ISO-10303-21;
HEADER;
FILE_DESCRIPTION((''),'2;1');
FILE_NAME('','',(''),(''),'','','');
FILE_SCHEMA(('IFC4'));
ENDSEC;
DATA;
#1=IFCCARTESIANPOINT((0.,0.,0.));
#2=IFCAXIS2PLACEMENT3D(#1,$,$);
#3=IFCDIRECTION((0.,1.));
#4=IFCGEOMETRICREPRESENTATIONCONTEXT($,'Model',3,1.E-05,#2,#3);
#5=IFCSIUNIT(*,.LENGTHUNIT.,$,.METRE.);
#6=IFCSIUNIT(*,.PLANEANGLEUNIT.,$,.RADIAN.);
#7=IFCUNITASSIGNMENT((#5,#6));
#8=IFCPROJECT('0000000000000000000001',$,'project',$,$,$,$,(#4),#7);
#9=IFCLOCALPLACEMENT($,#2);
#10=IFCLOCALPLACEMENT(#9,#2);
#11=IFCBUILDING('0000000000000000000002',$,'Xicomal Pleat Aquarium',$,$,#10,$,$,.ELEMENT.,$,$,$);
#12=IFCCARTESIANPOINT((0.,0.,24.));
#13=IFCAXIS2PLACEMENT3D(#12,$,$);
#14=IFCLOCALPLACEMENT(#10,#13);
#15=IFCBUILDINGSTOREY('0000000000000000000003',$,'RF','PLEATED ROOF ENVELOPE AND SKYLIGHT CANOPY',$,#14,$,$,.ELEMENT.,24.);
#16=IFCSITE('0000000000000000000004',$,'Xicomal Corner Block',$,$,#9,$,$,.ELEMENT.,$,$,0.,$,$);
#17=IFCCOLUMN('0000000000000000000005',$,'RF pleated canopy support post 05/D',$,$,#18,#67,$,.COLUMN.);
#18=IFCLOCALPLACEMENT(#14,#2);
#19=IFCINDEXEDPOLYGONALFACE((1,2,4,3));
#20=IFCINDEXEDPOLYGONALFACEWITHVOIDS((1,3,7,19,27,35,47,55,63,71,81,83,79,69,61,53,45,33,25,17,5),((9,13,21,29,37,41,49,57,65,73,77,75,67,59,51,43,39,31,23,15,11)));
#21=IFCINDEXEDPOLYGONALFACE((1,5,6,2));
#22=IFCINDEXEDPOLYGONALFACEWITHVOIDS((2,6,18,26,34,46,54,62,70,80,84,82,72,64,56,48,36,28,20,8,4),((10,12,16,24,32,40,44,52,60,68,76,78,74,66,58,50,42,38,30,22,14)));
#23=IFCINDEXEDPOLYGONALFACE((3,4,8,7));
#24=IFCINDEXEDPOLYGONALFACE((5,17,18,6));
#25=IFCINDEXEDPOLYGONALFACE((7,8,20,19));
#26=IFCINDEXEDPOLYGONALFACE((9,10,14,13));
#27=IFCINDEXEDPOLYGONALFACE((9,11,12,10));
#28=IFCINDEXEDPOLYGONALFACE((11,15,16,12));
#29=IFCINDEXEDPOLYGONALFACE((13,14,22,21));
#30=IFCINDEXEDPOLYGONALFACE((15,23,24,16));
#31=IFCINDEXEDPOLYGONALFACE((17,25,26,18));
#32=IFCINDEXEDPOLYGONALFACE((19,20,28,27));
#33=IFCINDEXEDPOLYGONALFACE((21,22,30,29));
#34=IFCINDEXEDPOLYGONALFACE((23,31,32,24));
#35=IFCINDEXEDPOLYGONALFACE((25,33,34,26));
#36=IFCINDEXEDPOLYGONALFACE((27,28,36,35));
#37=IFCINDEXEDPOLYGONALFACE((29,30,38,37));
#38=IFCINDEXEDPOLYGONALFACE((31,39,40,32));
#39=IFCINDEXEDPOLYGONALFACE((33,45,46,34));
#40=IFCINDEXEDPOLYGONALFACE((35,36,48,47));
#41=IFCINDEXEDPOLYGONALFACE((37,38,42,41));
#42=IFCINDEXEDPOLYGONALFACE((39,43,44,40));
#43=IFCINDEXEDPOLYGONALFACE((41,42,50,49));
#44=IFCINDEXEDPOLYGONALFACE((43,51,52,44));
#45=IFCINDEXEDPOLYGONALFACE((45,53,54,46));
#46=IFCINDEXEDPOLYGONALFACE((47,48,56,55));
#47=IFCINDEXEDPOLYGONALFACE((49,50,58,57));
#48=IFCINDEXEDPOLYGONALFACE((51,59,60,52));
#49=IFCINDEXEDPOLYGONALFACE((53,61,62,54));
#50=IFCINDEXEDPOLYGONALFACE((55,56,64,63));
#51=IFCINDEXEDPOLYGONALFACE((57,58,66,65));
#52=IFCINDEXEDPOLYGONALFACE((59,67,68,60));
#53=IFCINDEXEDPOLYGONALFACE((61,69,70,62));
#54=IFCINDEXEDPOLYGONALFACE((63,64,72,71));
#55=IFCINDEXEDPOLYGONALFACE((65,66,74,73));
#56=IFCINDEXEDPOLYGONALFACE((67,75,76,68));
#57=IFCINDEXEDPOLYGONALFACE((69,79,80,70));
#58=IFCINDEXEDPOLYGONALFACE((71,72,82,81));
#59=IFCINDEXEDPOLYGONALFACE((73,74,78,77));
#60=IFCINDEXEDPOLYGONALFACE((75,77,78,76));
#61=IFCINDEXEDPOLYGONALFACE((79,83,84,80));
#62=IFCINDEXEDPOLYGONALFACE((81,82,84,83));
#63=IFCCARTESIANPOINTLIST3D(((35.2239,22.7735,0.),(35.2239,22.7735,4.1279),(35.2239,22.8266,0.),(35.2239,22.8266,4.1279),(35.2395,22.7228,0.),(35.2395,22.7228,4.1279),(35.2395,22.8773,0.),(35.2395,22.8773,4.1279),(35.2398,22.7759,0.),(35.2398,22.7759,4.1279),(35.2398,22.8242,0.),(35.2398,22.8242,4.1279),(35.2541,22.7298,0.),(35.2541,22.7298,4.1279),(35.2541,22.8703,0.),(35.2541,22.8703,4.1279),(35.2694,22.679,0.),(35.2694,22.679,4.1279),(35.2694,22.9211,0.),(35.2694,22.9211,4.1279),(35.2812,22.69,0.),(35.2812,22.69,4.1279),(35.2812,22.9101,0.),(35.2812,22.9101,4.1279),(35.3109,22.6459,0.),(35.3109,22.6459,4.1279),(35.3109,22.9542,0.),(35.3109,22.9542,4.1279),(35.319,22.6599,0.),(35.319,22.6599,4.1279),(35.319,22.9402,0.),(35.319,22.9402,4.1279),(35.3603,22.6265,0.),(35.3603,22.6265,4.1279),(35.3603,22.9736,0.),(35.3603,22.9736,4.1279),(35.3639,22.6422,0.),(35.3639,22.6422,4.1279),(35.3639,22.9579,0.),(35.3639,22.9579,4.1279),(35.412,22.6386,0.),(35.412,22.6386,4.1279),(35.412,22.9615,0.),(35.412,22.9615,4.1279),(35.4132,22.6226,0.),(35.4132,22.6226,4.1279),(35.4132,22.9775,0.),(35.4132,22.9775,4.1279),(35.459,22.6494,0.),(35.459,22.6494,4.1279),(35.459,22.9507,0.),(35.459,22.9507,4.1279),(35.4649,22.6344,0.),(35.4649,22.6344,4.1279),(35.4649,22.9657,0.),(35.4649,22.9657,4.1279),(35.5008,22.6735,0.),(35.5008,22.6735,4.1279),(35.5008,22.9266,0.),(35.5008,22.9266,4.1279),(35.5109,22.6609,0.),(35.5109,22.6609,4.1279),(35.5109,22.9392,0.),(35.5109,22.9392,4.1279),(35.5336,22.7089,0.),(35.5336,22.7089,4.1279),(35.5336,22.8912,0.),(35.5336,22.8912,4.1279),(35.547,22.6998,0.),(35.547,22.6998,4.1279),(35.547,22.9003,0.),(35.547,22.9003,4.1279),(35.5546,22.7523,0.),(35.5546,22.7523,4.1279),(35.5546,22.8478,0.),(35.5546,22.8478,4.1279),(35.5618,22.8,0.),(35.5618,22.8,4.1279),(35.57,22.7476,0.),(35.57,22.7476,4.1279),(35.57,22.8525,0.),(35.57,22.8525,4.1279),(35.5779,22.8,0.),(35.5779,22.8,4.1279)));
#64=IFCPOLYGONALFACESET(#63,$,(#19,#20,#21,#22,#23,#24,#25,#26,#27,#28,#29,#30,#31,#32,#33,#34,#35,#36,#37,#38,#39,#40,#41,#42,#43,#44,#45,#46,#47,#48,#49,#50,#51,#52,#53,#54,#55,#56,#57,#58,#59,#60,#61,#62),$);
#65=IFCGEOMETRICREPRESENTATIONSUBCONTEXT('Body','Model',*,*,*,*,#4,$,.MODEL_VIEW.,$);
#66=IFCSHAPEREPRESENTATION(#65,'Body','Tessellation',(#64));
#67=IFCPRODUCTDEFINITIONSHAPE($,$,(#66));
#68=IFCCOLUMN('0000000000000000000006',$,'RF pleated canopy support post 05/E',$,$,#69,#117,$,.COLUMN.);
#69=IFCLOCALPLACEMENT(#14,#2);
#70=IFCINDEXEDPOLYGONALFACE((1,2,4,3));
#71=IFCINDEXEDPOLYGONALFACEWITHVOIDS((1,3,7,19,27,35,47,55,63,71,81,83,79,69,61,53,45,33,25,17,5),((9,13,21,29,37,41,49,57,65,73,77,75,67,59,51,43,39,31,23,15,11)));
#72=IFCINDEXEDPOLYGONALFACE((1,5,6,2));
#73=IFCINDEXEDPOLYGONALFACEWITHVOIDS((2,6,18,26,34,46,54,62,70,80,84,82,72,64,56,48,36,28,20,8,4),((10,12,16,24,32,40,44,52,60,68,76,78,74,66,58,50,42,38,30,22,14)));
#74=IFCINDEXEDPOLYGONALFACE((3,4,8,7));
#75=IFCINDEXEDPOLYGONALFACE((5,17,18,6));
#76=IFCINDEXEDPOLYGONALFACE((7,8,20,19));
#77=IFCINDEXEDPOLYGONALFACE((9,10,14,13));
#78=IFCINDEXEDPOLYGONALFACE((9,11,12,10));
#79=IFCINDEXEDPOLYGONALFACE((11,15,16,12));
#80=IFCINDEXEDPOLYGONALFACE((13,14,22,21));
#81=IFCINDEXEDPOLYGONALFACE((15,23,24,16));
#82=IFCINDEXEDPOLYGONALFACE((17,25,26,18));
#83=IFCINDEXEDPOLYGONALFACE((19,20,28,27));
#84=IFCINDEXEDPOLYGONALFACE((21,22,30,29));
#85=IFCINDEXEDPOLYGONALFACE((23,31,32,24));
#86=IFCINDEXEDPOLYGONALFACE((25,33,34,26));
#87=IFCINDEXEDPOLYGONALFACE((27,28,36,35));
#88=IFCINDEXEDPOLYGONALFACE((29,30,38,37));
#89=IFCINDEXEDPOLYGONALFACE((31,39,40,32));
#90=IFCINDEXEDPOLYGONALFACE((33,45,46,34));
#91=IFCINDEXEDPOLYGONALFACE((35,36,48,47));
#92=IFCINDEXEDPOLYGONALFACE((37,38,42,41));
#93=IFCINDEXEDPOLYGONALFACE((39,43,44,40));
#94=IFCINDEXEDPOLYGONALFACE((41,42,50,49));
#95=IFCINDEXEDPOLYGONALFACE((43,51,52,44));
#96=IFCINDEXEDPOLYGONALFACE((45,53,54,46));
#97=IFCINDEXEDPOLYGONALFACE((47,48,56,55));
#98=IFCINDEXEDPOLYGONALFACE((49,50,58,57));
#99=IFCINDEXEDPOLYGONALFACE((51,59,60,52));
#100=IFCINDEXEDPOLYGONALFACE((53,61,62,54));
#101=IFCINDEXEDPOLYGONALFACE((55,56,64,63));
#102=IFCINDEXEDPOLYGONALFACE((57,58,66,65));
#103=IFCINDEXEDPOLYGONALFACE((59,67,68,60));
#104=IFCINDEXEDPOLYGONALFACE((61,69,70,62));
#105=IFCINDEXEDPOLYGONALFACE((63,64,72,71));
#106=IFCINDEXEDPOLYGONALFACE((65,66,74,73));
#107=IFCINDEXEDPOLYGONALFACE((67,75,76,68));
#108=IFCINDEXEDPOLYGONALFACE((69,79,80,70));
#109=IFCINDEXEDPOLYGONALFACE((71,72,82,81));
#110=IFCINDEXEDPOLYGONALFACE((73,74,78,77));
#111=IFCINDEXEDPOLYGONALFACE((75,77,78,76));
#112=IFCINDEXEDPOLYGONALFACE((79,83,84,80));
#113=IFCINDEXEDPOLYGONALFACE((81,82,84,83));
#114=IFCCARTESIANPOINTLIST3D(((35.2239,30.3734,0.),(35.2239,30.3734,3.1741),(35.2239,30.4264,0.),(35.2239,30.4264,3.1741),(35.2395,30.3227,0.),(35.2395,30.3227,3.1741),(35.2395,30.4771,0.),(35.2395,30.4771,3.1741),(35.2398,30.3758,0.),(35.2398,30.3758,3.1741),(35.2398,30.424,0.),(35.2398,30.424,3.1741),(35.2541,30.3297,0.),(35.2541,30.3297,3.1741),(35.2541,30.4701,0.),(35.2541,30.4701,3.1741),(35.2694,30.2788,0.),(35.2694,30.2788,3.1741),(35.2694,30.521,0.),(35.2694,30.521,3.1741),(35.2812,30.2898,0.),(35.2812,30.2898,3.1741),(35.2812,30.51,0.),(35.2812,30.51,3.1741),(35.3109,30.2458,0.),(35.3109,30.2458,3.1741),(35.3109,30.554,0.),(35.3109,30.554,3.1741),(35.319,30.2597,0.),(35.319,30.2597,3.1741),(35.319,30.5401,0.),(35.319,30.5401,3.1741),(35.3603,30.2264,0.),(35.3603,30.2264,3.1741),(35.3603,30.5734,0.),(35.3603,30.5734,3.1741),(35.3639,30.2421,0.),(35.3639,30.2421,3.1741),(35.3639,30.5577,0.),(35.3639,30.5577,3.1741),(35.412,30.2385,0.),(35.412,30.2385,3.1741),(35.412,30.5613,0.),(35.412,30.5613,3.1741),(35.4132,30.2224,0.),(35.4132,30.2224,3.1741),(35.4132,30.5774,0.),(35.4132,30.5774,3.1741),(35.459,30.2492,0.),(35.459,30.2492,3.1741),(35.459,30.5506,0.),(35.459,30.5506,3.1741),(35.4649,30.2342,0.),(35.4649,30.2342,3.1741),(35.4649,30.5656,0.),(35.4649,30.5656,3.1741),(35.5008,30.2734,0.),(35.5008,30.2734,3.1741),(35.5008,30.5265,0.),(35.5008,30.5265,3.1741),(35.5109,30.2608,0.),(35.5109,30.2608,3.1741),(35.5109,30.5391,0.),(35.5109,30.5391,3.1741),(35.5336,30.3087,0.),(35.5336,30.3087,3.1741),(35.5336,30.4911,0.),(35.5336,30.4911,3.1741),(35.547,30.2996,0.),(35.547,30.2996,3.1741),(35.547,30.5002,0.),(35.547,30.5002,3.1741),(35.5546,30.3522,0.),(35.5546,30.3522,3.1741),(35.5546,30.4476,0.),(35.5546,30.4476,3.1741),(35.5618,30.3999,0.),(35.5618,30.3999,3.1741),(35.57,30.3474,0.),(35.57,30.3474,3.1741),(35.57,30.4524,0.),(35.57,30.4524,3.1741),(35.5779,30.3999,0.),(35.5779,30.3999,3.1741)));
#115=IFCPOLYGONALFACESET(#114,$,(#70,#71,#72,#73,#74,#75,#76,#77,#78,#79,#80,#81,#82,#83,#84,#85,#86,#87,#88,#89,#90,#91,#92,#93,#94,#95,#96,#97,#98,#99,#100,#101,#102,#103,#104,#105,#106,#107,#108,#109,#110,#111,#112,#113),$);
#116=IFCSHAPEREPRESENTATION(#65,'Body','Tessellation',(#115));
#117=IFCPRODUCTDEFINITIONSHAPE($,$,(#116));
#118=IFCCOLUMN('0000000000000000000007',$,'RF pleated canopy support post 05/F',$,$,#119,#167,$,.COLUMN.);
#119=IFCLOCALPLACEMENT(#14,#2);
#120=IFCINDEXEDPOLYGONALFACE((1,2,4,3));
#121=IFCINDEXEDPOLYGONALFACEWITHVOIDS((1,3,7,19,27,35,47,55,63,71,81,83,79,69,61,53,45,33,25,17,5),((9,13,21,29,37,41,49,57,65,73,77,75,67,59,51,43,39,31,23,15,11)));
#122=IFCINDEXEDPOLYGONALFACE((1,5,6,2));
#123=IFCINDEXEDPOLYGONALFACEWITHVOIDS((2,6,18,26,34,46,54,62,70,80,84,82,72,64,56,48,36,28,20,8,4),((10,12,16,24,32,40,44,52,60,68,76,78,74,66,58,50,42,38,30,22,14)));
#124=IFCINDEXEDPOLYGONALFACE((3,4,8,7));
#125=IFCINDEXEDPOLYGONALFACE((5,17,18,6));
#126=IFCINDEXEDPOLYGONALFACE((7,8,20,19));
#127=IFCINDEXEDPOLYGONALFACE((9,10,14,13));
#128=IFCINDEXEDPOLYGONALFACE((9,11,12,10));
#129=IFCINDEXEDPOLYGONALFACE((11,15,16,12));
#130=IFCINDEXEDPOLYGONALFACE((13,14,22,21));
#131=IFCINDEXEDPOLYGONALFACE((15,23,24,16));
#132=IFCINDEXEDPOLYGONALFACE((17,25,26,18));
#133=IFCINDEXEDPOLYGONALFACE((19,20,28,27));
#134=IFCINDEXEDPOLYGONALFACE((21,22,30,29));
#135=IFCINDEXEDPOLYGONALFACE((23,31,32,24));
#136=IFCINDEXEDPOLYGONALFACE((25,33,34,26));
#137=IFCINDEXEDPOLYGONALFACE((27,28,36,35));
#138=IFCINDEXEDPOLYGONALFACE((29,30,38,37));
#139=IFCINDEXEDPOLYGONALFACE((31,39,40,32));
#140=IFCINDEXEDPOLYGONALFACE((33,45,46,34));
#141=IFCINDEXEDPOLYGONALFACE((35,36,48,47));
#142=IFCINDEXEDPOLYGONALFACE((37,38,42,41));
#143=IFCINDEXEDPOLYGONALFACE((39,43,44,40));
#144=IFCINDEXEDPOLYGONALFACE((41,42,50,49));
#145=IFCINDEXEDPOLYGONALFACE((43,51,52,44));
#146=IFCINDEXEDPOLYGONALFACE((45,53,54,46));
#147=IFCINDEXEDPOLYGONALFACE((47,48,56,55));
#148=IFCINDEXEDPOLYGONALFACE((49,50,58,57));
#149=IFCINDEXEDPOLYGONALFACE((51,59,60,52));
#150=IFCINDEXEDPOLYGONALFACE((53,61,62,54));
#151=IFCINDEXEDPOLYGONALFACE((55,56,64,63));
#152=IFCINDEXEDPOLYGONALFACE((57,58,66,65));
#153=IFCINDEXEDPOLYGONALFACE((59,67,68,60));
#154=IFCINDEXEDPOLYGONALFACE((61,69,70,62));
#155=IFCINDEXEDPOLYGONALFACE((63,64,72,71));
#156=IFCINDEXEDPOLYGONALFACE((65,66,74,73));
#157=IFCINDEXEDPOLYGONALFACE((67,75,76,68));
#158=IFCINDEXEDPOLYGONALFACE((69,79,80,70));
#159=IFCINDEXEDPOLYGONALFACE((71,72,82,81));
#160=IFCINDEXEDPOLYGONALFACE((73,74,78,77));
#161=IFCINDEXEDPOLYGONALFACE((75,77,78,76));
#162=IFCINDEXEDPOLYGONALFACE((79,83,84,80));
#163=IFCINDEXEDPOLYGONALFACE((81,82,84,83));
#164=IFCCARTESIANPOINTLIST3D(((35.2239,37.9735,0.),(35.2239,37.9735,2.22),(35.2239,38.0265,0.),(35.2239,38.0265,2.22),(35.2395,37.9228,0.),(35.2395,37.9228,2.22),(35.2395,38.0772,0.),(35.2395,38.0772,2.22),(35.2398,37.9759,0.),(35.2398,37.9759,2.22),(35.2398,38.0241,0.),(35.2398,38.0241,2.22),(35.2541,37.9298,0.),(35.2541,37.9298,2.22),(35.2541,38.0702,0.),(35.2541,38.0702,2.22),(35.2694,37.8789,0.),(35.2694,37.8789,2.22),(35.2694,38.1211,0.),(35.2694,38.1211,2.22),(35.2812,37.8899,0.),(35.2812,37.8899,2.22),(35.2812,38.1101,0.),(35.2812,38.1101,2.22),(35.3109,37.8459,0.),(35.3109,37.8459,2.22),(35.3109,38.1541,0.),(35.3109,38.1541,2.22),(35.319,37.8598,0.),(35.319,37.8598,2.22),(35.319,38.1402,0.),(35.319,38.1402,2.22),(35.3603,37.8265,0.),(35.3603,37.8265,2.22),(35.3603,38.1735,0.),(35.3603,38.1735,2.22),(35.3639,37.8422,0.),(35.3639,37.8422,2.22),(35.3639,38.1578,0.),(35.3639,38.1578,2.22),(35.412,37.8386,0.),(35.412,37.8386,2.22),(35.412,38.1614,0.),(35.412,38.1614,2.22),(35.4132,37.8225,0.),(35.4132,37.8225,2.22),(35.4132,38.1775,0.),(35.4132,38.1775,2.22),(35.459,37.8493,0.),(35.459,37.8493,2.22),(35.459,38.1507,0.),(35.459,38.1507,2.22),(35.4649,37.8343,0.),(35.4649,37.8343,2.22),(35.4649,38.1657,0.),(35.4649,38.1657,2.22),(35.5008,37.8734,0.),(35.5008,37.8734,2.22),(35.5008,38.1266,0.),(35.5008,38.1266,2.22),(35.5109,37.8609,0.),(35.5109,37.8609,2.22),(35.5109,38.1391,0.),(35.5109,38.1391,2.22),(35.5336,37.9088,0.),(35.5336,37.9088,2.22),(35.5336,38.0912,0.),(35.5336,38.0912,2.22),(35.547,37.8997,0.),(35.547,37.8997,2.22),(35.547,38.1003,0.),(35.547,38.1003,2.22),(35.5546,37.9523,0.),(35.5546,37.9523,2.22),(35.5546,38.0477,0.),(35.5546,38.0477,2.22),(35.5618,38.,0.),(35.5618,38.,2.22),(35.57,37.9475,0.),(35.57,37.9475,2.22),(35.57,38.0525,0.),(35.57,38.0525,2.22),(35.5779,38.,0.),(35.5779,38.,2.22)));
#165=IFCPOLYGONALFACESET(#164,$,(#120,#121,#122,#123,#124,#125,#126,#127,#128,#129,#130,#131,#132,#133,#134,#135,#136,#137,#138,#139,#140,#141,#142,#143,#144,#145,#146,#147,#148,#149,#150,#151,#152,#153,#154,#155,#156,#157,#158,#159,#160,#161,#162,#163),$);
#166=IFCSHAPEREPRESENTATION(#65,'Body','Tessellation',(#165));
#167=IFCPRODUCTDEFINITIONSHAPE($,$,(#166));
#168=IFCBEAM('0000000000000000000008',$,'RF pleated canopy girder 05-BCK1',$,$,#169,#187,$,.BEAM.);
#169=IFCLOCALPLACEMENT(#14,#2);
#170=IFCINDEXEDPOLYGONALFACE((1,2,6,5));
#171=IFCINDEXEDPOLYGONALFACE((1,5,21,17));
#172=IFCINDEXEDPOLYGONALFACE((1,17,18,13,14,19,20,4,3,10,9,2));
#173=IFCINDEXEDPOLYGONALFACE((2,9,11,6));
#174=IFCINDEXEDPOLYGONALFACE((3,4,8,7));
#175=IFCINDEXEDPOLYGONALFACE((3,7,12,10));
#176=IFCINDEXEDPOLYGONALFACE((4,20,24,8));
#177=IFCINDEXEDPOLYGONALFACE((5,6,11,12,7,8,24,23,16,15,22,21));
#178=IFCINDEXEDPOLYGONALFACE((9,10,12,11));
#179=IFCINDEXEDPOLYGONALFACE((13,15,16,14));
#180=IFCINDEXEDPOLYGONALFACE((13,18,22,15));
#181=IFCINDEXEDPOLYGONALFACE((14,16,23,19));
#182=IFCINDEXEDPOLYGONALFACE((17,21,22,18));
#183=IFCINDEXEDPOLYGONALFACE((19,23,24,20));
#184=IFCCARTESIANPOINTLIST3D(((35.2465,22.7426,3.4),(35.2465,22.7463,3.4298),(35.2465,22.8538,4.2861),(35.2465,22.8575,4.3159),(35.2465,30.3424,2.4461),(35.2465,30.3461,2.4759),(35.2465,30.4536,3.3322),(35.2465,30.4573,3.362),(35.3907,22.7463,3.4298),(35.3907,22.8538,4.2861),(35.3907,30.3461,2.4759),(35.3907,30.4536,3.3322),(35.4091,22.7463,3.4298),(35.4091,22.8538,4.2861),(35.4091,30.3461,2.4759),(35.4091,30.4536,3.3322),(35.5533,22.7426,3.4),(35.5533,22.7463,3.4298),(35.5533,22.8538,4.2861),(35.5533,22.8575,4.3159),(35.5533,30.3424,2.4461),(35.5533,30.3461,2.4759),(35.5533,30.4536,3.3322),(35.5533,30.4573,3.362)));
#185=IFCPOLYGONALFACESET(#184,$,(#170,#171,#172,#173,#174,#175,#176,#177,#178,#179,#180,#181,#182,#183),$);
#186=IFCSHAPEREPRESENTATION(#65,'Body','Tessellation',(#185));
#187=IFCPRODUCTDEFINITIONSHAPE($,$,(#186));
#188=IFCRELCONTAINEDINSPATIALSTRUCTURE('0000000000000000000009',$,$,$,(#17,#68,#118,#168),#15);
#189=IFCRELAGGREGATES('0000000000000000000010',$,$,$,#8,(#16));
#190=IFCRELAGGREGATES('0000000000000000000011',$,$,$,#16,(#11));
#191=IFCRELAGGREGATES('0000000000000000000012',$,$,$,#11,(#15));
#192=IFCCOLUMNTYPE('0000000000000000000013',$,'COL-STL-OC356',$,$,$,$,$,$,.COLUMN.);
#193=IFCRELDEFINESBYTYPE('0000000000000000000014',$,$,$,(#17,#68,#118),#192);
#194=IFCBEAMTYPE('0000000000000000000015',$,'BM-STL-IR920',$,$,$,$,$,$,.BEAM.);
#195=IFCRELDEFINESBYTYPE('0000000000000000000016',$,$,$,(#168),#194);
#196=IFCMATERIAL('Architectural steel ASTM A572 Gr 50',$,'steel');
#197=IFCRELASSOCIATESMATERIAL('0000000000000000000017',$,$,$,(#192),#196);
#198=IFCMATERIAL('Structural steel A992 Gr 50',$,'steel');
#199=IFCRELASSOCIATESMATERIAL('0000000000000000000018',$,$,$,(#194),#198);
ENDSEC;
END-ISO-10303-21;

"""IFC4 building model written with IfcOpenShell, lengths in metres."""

from ifc_helpers import new_model, si_unit, direction, frame, origin, origin_2d, place, context, subcontext, project, spatial, hollow_circle, i_section, extrude, material, material_profile, profile_set, type_object, element, save


model = new_model("IFC4")

# Units and contexts
model_context = context("Model", 3, precision=1e-05, world=origin(), true_north=direction((0.0, 1.0)))
body_context = subcontext(model_context, "Body", "Model", "MODEL_VIEW")
ifc_project = project(units=[si_unit("LENGTHUNIT", "METRE"), si_unit("PLANEANGLEUNIT", "RADIAN")], contexts=[model_context])

# Site, building, storey
site_placement = place(None, origin())
site = spatial("IfcSite", under=ifc_project, at=site_placement, Name="Xicomal Corner Block", CompositionType="ELEMENT", RefElevation=0.0)
building_placement = place(site_placement, origin())
building = spatial("IfcBuilding", under=site, at=building_placement, Name="Xicomal Pleat Aquarium", CompositionType="ELEMENT")
storey_placement = place(building_placement, frame((0.0, 0.0, 24.0)))
storey = spatial("IfcBuildingStorey", under=building, at=storey_placement, Name="RF", Description="PLEATED ROOF ENVELOPE AND SKYLIGHT CANOPY", CompositionType="ELEMENT", Elevation=24.0)

# Columns
ifc_material_1 = material(Name="Architectural steel ASTM A572 Gr 50", Category="steel")
ifc_material_profile_1 = material_profile(ifc_material_1, hollow_circle(Radius=0.178, WallThickness=0.0161, at=origin_2d()), Name="OC 356x16")
ifc_profile_set_1 = profile_set([ifc_material_profile_1], Name="Architectural steel ASTM A572 Gr 50")
column_type = type_object("IfcColumnType", Name="COL-STL-OC356", PredefinedType="COLUMN", material=ifc_profile_set_1)
column_1_placement = place(storey_placement, frame((35.3999, 22.8, 0.0), z_axis=(0.0, 0.0, 1.0), x_axis=(1.0, 0.0, 0.0)))
element("IfcColumn", 1, at=column_1_placement, inside=storey, type_object=column_type, Name="RF pleated canopy support post 05/D", PredefinedType="COLUMN", context=body_context, shape_type="SweptSolid", body=[
    extrude(hollow_circle(Radius=0.178, WallThickness=0.0161, at=origin_2d()), origin(), (0.0, 0.0, 1.0), 4.1279),
])
column_2_placement = place(storey_placement, frame((35.3999, 30.3999, 0.0), z_axis=(0.0, 0.0, 1.0), x_axis=(1.0, 0.0, 0.0)))
element("IfcColumn", 2, at=column_2_placement, inside=storey, type_object=column_type, Name="RF pleated canopy support post 05/E", PredefinedType="COLUMN", context=body_context, shape_type="SweptSolid", body=[
    extrude(hollow_circle(Radius=0.178, WallThickness=0.0161, at=origin_2d()), origin(), (0.0, 0.0, 1.0), 3.1741),
])
column_3_placement = place(storey_placement, frame((35.3999, 38.0, 0.0), z_axis=(0.0, 0.0, 1.0), x_axis=(1.0, 0.0, 0.0)))
element("IfcColumn", 3, at=column_3_placement, inside=storey, type_object=column_type, Name="RF pleated canopy support post 05/F", PredefinedType="COLUMN", context=body_context, shape_type="SweptSolid", body=[
    extrude(hollow_circle(Radius=0.178, WallThickness=0.0161, at=origin_2d()), origin(), (0.0, 0.0, 1.0), 2.22),
])

# Beam
ifc_material_2 = material(Name="Structural steel A992 Gr 50", Category="steel")
ifc_material_profile_2 = material_profile(ifc_material_2, i_section(OverallWidth=0.3069, OverallDepth=0.9231, WebThickness=0.0183, FlangeThickness=0.03, at=origin_2d()), Name="IR 920x271")
ifc_profile_set_2 = profile_set([ifc_material_profile_2], Name="Structural steel A992 Gr 50")
beam_type = type_object("IfcBeamType", Name="BM-STL-IR920", PredefinedType="BEAM", material=ifc_profile_set_2)
beam_1_placement = place(storey_placement, frame((35.3999, 22.8, 3.8579), z_axis=(0.0, 0.992215, -0.124533), x_axis=(-1.0, 0.0, 0.0)))
element("IfcBeam", 4, at=beam_1_placement, inside=storey, type_object=beam_type, Name="RF pleated canopy girder 05-BCK1", PredefinedType="BEAM", context=body_context, shape_type="SweptSolid", body=[
    extrude(i_section(OverallWidth=0.3069, OverallDepth=0.9231, WebThickness=0.0183, FlangeThickness=0.03, at=origin_2d()), origin(), (0.0, 0.0, 1.0), 7.6594),
])

save(model, "model.ifc")
